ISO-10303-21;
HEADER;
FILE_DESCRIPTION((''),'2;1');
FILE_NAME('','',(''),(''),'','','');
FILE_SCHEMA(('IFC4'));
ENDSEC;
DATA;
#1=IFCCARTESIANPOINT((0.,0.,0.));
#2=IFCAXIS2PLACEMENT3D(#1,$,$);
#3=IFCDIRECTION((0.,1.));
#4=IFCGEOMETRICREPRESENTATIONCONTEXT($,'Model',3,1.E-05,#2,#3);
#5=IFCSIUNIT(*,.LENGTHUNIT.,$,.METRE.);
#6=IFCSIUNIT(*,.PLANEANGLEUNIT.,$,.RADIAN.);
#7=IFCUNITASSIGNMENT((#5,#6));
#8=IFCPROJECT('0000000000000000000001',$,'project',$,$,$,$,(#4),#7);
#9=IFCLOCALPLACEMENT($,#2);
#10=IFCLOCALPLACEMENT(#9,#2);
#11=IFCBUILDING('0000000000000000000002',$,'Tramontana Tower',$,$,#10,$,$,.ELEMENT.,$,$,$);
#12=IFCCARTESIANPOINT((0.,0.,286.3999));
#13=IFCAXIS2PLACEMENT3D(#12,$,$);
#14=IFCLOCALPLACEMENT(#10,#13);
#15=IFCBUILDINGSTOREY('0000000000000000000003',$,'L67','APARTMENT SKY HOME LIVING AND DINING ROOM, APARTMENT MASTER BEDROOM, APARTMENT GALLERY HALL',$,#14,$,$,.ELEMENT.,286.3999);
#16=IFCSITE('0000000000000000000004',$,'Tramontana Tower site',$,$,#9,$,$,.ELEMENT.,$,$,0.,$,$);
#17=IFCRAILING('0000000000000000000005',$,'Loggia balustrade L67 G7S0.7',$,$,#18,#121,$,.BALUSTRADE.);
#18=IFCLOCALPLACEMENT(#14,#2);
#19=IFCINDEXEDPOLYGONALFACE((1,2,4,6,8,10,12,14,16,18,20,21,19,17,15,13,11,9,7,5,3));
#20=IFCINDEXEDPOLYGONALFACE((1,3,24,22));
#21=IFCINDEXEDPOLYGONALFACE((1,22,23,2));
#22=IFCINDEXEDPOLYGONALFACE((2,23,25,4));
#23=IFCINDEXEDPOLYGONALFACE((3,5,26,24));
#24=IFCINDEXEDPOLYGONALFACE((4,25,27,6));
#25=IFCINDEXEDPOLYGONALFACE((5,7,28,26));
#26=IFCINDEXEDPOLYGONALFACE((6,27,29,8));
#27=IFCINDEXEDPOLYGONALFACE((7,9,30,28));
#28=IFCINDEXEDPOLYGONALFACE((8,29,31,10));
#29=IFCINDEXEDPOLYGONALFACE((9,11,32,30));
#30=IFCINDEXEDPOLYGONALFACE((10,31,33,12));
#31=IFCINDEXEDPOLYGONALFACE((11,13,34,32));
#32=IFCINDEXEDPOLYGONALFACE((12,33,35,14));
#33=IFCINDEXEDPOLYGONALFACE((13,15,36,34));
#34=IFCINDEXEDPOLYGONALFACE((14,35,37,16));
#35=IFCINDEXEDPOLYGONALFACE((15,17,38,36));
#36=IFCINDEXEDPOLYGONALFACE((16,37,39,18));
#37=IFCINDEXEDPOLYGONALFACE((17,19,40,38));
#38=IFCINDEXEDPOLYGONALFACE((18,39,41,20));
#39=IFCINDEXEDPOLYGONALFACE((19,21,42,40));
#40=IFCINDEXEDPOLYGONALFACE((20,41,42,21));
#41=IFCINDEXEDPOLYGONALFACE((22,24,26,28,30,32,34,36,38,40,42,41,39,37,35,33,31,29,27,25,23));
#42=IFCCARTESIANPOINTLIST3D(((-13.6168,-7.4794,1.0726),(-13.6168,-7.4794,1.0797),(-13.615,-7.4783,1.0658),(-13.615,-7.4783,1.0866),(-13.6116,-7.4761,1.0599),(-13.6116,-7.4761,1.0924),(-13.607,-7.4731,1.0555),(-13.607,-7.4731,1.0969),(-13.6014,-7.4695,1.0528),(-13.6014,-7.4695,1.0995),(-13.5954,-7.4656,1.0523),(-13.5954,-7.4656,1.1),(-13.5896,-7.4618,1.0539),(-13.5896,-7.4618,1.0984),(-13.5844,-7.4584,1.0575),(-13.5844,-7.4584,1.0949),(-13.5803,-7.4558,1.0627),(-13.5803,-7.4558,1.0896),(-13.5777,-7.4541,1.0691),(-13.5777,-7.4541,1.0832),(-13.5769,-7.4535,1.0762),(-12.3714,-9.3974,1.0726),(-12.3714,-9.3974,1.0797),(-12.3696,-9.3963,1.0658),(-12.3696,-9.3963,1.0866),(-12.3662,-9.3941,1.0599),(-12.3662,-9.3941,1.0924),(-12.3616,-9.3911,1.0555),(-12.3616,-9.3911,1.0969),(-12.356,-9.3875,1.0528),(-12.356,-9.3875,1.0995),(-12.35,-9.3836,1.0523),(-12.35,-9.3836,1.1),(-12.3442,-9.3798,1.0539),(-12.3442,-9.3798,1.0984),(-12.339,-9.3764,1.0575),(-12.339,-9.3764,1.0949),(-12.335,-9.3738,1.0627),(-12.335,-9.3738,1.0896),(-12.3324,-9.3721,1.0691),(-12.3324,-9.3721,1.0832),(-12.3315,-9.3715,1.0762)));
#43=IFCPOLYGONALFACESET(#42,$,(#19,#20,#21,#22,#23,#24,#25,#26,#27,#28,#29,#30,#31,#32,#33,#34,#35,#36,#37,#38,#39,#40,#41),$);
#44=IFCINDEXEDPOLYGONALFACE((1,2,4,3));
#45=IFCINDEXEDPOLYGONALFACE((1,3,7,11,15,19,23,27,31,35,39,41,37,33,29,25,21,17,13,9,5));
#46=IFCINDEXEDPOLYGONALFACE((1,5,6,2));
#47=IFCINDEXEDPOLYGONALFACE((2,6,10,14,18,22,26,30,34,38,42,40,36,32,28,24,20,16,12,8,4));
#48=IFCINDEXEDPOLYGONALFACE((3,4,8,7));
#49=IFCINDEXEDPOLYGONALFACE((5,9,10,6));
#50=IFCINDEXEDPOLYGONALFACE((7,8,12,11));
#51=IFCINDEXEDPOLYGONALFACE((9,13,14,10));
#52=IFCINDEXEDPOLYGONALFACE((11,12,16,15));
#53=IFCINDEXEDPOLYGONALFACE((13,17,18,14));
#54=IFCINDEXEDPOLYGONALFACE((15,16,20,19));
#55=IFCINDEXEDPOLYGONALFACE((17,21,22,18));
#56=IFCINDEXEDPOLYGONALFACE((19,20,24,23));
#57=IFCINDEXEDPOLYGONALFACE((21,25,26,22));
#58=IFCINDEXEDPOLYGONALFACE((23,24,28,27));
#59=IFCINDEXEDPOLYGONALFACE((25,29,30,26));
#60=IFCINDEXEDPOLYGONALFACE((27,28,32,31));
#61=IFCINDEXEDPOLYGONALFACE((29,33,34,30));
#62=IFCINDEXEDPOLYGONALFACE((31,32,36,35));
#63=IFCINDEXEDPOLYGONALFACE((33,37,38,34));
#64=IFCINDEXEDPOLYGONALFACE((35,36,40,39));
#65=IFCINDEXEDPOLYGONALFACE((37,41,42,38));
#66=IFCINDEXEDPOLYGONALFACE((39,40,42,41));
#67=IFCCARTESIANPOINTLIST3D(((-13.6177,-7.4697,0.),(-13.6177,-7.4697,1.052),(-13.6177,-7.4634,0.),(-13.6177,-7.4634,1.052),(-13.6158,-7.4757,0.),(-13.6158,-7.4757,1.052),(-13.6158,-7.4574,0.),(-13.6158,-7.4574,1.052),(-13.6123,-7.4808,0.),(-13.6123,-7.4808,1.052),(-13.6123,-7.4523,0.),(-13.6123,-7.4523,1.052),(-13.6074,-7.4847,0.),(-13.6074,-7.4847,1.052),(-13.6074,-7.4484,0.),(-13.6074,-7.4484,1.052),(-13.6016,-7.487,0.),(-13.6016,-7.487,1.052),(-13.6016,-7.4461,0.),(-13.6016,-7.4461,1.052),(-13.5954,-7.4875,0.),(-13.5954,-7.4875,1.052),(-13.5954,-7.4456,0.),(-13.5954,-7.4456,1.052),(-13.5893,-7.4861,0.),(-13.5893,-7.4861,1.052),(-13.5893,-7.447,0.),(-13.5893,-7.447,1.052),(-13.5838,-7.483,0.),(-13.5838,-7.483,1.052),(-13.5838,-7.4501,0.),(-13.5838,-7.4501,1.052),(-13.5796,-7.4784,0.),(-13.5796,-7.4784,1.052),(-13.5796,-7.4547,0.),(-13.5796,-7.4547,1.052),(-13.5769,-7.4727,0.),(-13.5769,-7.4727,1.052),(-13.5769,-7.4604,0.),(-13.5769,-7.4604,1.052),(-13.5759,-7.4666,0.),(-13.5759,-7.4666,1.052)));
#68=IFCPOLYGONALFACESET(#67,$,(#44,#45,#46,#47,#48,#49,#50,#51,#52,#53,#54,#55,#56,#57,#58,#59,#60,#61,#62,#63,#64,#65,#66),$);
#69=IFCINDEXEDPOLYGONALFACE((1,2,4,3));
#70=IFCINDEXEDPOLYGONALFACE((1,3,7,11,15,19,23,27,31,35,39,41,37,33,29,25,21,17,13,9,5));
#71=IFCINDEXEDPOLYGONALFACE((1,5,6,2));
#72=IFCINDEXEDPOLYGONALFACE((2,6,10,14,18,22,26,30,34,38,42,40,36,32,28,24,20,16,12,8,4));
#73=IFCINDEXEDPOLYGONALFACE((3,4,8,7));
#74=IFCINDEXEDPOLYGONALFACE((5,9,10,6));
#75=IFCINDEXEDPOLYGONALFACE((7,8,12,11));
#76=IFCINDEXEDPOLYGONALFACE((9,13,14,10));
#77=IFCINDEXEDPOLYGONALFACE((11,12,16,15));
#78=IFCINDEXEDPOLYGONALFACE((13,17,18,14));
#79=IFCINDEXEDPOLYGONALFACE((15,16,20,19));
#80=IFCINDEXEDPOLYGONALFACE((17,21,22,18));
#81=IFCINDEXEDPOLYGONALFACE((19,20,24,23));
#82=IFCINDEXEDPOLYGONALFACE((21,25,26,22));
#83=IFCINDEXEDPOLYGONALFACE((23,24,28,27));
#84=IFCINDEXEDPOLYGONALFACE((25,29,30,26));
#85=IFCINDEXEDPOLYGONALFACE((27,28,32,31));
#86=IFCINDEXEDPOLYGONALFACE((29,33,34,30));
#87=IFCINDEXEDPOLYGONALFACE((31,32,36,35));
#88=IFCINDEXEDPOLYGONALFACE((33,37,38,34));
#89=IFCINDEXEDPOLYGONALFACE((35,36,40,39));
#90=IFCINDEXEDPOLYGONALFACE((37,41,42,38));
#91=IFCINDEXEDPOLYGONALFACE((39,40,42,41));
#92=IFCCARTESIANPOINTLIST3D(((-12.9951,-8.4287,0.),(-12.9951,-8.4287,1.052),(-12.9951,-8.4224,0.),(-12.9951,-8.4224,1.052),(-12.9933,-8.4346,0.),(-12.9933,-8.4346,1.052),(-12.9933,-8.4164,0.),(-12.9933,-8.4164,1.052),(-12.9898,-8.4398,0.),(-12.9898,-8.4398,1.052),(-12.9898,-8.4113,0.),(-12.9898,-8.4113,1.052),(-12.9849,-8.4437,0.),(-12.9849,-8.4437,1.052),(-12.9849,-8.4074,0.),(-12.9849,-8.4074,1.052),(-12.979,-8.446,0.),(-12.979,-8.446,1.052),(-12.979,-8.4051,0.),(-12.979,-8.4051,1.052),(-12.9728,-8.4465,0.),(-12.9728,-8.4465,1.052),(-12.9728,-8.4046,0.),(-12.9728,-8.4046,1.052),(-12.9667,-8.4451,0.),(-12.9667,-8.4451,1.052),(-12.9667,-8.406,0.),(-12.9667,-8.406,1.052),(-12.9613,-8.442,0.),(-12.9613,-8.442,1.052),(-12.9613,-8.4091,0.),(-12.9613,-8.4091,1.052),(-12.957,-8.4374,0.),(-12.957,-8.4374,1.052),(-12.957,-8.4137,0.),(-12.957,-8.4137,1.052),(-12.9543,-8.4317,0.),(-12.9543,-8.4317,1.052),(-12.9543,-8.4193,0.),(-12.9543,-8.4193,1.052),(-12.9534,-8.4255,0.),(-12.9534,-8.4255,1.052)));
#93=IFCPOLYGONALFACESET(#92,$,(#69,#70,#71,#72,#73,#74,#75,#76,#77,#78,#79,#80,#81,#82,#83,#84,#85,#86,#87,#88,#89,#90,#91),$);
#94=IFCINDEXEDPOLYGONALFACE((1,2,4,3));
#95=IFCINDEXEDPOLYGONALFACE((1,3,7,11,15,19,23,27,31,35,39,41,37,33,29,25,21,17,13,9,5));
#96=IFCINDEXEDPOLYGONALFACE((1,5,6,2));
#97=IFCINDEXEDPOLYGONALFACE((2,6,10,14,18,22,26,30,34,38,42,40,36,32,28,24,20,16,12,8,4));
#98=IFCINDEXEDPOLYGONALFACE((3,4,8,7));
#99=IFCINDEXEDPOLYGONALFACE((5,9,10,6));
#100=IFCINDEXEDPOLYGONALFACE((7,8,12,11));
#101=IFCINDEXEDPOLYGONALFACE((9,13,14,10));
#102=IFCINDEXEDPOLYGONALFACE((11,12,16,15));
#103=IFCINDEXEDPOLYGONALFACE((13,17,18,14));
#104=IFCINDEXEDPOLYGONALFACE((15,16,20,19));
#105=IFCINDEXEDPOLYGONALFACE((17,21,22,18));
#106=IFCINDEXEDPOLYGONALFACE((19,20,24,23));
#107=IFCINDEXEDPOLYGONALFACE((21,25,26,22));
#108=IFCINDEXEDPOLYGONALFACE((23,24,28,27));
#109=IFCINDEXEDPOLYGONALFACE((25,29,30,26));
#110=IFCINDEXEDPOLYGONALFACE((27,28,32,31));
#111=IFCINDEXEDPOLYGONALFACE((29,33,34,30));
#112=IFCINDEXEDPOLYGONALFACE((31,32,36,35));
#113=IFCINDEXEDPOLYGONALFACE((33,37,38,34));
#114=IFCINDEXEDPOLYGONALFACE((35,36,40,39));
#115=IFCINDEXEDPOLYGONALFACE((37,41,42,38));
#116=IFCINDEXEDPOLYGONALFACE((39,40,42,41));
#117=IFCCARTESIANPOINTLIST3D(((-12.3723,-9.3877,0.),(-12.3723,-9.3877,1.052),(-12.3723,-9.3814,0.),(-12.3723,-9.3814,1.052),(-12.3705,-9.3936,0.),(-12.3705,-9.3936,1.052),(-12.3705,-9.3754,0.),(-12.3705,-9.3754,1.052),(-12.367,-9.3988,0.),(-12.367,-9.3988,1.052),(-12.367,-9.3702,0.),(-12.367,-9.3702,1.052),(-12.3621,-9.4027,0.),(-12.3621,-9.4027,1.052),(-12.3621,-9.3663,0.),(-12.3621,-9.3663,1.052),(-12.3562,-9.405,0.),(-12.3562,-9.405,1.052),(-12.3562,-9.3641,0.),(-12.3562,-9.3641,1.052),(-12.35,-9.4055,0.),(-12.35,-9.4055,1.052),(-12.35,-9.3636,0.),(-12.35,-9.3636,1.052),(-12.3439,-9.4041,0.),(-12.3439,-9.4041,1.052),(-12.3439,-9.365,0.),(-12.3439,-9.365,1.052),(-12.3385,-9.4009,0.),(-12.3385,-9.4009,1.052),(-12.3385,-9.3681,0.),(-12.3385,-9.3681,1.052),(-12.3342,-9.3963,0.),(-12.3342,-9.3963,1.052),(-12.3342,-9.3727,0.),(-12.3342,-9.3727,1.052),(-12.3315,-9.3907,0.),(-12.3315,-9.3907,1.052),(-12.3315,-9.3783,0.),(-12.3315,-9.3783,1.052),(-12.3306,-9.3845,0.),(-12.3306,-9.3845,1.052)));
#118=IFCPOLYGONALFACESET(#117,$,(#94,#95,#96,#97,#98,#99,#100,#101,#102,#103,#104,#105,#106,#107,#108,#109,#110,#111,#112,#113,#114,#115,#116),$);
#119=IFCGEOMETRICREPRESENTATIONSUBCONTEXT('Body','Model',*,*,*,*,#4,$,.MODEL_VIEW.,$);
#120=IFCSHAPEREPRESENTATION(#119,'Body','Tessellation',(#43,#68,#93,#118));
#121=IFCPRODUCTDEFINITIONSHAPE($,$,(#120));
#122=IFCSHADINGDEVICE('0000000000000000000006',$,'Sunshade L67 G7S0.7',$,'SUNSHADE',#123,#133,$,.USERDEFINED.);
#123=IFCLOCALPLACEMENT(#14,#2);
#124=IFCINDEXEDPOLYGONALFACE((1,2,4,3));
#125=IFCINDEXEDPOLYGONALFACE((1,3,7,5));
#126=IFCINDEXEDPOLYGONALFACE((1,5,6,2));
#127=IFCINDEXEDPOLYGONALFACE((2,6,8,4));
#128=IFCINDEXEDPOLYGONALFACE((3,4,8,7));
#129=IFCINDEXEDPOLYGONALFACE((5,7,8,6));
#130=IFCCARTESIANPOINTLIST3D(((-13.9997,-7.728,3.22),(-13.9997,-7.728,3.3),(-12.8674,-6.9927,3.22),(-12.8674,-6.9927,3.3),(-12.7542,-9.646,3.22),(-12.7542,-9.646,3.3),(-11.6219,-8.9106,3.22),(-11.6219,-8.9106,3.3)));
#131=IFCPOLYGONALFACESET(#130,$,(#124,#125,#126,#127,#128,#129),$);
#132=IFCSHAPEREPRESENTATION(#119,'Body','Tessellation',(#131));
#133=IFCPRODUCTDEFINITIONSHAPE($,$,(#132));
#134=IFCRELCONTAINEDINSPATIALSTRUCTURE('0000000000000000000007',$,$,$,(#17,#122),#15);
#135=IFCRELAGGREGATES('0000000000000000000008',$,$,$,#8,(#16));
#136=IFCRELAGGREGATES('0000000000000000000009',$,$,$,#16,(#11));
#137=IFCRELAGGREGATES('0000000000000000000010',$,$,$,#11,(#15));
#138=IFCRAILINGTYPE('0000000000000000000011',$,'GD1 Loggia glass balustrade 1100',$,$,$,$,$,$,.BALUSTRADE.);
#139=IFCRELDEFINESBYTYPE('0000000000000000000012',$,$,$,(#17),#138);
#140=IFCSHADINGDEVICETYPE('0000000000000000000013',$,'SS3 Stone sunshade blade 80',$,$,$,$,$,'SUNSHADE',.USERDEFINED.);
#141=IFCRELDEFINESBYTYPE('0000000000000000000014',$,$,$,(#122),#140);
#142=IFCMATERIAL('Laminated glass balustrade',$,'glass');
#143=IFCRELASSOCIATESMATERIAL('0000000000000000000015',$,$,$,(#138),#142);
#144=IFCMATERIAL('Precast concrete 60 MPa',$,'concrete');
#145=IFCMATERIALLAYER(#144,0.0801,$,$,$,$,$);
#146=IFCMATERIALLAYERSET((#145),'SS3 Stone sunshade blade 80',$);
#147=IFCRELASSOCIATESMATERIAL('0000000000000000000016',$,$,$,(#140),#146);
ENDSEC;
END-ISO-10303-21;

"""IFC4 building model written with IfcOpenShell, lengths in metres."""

from ifc_helpers import new_model, si_unit, direction, frame, origin, origin_2d, place, context, subcontext, project, spatial, rectangle, circle, extrude, material, layer, layer_set, type_object, element, save


model = new_model("IFC4")

# Units and contexts
model_context = context("Model", 3, precision=1e-05, world=origin(), true_north=direction((0.0, 1.0)))
body_context = subcontext(model_context, "Body", "Model", "MODEL_VIEW")
ifc_project = project(units=[si_unit("LENGTHUNIT", "METRE"), si_unit("PLANEANGLEUNIT", "RADIAN")], contexts=[model_context])

# Site, building, storey
site_placement = place(None, origin())
site = spatial("IfcSite", under=ifc_project, at=site_placement, Name="Tramontana Tower site", CompositionType="ELEMENT", RefElevation=0.0)
building_placement = place(site_placement, origin())
building = spatial("IfcBuilding", under=site, at=building_placement, Name="Tramontana Tower", CompositionType="ELEMENT")
storey_placement = place(building_placement, frame((0.0, 0.0, 286.3999)))
storey = spatial("IfcBuildingStorey", under=building, at=storey_placement, Name="L67", Description="APARTMENT SKY HOME LIVING AND DINING ROOM, APARTMENT MASTER BEDROOM, APARTMENT GALLERY HALL", CompositionType="ELEMENT", Elevation=286.3999)

# Railing
ifc_material_1 = material(Name="Laminated glass balustrade", Category="glass")
railing_type = type_object("IfcRailingType", Name="GD1 Loggia glass balustrade 1100", PredefinedType="BALUSTRADE", material=ifc_material_1)
railing_placement = place(storey_placement, frame((-13.5969, -7.4666, 0.0)))
element("IfcRailing", 1, at=railing_placement, inside=storey, type_object=railing_type, Name="Loggia balustrade L67 G7S0.7", PredefinedType="BALUSTRADE", context=body_context, shape_type="SweptSolid", body=[
    extrude(circle(Radius=0.0239, at=origin_2d()), frame((0.0, 0.0, 1.0762), z_axis=(0.544583, -0.838707, 0.0), x_axis=(0.838707, 0.544583, 0.0)), (0.0, 0.0, 1.0), 2.2869),
    extrude(circle(Radius=0.021, at=origin_2d()), origin(), (0.0, 0.0, 1.0), 1.052),
    extrude(circle(Radius=0.021, at=origin_2d()), frame((0.6226, -0.959, 0.0)), (0.0, 0.0, 1.0), 1.052),
    extrude(circle(Radius=0.021, at=origin_2d()), frame((1.2454, -1.918, 0.0)), (0.0, 0.0, 1.0), 1.052),
])

# Shading device
ifc_material_2 = material(Name="Precast concrete 60 MPa", Category="concrete")
ifc_layer_1 = layer(ifc_material_2, 0.0801)
ifc_layer_set_1 = layer_set([ifc_layer_1], Name="SS3 Stone sunshade blade 80")
shading_device_type = type_object("IfcShadingDeviceType", Name="SS3 Stone sunshade blade 80", ElementType="SUNSHADE", PredefinedType="USERDEFINED", material=ifc_layer_set_1)
shading_device_placement = place(storey_placement, frame((-12.8108, -8.3193, 3.22), z_axis=(0.0, 0.0, 1.0), x_axis=(0.544639, -0.838671, 0.0)))
element("IfcShadingDevice", 2, at=shading_device_placement, inside=storey, type_object=shading_device_type, Name="Sunshade L67 G7S0.7", ObjectType="SUNSHADE", PredefinedType="USERDEFINED", context=body_context, shape_type="SweptSolid", body=[
    extrude(rectangle(XDim=2.2869, YDim=1.3501, at=origin_2d()), origin(), (0.0, 0.0, 1.0), 0.0801),
])

save(model, "model.ifc")
